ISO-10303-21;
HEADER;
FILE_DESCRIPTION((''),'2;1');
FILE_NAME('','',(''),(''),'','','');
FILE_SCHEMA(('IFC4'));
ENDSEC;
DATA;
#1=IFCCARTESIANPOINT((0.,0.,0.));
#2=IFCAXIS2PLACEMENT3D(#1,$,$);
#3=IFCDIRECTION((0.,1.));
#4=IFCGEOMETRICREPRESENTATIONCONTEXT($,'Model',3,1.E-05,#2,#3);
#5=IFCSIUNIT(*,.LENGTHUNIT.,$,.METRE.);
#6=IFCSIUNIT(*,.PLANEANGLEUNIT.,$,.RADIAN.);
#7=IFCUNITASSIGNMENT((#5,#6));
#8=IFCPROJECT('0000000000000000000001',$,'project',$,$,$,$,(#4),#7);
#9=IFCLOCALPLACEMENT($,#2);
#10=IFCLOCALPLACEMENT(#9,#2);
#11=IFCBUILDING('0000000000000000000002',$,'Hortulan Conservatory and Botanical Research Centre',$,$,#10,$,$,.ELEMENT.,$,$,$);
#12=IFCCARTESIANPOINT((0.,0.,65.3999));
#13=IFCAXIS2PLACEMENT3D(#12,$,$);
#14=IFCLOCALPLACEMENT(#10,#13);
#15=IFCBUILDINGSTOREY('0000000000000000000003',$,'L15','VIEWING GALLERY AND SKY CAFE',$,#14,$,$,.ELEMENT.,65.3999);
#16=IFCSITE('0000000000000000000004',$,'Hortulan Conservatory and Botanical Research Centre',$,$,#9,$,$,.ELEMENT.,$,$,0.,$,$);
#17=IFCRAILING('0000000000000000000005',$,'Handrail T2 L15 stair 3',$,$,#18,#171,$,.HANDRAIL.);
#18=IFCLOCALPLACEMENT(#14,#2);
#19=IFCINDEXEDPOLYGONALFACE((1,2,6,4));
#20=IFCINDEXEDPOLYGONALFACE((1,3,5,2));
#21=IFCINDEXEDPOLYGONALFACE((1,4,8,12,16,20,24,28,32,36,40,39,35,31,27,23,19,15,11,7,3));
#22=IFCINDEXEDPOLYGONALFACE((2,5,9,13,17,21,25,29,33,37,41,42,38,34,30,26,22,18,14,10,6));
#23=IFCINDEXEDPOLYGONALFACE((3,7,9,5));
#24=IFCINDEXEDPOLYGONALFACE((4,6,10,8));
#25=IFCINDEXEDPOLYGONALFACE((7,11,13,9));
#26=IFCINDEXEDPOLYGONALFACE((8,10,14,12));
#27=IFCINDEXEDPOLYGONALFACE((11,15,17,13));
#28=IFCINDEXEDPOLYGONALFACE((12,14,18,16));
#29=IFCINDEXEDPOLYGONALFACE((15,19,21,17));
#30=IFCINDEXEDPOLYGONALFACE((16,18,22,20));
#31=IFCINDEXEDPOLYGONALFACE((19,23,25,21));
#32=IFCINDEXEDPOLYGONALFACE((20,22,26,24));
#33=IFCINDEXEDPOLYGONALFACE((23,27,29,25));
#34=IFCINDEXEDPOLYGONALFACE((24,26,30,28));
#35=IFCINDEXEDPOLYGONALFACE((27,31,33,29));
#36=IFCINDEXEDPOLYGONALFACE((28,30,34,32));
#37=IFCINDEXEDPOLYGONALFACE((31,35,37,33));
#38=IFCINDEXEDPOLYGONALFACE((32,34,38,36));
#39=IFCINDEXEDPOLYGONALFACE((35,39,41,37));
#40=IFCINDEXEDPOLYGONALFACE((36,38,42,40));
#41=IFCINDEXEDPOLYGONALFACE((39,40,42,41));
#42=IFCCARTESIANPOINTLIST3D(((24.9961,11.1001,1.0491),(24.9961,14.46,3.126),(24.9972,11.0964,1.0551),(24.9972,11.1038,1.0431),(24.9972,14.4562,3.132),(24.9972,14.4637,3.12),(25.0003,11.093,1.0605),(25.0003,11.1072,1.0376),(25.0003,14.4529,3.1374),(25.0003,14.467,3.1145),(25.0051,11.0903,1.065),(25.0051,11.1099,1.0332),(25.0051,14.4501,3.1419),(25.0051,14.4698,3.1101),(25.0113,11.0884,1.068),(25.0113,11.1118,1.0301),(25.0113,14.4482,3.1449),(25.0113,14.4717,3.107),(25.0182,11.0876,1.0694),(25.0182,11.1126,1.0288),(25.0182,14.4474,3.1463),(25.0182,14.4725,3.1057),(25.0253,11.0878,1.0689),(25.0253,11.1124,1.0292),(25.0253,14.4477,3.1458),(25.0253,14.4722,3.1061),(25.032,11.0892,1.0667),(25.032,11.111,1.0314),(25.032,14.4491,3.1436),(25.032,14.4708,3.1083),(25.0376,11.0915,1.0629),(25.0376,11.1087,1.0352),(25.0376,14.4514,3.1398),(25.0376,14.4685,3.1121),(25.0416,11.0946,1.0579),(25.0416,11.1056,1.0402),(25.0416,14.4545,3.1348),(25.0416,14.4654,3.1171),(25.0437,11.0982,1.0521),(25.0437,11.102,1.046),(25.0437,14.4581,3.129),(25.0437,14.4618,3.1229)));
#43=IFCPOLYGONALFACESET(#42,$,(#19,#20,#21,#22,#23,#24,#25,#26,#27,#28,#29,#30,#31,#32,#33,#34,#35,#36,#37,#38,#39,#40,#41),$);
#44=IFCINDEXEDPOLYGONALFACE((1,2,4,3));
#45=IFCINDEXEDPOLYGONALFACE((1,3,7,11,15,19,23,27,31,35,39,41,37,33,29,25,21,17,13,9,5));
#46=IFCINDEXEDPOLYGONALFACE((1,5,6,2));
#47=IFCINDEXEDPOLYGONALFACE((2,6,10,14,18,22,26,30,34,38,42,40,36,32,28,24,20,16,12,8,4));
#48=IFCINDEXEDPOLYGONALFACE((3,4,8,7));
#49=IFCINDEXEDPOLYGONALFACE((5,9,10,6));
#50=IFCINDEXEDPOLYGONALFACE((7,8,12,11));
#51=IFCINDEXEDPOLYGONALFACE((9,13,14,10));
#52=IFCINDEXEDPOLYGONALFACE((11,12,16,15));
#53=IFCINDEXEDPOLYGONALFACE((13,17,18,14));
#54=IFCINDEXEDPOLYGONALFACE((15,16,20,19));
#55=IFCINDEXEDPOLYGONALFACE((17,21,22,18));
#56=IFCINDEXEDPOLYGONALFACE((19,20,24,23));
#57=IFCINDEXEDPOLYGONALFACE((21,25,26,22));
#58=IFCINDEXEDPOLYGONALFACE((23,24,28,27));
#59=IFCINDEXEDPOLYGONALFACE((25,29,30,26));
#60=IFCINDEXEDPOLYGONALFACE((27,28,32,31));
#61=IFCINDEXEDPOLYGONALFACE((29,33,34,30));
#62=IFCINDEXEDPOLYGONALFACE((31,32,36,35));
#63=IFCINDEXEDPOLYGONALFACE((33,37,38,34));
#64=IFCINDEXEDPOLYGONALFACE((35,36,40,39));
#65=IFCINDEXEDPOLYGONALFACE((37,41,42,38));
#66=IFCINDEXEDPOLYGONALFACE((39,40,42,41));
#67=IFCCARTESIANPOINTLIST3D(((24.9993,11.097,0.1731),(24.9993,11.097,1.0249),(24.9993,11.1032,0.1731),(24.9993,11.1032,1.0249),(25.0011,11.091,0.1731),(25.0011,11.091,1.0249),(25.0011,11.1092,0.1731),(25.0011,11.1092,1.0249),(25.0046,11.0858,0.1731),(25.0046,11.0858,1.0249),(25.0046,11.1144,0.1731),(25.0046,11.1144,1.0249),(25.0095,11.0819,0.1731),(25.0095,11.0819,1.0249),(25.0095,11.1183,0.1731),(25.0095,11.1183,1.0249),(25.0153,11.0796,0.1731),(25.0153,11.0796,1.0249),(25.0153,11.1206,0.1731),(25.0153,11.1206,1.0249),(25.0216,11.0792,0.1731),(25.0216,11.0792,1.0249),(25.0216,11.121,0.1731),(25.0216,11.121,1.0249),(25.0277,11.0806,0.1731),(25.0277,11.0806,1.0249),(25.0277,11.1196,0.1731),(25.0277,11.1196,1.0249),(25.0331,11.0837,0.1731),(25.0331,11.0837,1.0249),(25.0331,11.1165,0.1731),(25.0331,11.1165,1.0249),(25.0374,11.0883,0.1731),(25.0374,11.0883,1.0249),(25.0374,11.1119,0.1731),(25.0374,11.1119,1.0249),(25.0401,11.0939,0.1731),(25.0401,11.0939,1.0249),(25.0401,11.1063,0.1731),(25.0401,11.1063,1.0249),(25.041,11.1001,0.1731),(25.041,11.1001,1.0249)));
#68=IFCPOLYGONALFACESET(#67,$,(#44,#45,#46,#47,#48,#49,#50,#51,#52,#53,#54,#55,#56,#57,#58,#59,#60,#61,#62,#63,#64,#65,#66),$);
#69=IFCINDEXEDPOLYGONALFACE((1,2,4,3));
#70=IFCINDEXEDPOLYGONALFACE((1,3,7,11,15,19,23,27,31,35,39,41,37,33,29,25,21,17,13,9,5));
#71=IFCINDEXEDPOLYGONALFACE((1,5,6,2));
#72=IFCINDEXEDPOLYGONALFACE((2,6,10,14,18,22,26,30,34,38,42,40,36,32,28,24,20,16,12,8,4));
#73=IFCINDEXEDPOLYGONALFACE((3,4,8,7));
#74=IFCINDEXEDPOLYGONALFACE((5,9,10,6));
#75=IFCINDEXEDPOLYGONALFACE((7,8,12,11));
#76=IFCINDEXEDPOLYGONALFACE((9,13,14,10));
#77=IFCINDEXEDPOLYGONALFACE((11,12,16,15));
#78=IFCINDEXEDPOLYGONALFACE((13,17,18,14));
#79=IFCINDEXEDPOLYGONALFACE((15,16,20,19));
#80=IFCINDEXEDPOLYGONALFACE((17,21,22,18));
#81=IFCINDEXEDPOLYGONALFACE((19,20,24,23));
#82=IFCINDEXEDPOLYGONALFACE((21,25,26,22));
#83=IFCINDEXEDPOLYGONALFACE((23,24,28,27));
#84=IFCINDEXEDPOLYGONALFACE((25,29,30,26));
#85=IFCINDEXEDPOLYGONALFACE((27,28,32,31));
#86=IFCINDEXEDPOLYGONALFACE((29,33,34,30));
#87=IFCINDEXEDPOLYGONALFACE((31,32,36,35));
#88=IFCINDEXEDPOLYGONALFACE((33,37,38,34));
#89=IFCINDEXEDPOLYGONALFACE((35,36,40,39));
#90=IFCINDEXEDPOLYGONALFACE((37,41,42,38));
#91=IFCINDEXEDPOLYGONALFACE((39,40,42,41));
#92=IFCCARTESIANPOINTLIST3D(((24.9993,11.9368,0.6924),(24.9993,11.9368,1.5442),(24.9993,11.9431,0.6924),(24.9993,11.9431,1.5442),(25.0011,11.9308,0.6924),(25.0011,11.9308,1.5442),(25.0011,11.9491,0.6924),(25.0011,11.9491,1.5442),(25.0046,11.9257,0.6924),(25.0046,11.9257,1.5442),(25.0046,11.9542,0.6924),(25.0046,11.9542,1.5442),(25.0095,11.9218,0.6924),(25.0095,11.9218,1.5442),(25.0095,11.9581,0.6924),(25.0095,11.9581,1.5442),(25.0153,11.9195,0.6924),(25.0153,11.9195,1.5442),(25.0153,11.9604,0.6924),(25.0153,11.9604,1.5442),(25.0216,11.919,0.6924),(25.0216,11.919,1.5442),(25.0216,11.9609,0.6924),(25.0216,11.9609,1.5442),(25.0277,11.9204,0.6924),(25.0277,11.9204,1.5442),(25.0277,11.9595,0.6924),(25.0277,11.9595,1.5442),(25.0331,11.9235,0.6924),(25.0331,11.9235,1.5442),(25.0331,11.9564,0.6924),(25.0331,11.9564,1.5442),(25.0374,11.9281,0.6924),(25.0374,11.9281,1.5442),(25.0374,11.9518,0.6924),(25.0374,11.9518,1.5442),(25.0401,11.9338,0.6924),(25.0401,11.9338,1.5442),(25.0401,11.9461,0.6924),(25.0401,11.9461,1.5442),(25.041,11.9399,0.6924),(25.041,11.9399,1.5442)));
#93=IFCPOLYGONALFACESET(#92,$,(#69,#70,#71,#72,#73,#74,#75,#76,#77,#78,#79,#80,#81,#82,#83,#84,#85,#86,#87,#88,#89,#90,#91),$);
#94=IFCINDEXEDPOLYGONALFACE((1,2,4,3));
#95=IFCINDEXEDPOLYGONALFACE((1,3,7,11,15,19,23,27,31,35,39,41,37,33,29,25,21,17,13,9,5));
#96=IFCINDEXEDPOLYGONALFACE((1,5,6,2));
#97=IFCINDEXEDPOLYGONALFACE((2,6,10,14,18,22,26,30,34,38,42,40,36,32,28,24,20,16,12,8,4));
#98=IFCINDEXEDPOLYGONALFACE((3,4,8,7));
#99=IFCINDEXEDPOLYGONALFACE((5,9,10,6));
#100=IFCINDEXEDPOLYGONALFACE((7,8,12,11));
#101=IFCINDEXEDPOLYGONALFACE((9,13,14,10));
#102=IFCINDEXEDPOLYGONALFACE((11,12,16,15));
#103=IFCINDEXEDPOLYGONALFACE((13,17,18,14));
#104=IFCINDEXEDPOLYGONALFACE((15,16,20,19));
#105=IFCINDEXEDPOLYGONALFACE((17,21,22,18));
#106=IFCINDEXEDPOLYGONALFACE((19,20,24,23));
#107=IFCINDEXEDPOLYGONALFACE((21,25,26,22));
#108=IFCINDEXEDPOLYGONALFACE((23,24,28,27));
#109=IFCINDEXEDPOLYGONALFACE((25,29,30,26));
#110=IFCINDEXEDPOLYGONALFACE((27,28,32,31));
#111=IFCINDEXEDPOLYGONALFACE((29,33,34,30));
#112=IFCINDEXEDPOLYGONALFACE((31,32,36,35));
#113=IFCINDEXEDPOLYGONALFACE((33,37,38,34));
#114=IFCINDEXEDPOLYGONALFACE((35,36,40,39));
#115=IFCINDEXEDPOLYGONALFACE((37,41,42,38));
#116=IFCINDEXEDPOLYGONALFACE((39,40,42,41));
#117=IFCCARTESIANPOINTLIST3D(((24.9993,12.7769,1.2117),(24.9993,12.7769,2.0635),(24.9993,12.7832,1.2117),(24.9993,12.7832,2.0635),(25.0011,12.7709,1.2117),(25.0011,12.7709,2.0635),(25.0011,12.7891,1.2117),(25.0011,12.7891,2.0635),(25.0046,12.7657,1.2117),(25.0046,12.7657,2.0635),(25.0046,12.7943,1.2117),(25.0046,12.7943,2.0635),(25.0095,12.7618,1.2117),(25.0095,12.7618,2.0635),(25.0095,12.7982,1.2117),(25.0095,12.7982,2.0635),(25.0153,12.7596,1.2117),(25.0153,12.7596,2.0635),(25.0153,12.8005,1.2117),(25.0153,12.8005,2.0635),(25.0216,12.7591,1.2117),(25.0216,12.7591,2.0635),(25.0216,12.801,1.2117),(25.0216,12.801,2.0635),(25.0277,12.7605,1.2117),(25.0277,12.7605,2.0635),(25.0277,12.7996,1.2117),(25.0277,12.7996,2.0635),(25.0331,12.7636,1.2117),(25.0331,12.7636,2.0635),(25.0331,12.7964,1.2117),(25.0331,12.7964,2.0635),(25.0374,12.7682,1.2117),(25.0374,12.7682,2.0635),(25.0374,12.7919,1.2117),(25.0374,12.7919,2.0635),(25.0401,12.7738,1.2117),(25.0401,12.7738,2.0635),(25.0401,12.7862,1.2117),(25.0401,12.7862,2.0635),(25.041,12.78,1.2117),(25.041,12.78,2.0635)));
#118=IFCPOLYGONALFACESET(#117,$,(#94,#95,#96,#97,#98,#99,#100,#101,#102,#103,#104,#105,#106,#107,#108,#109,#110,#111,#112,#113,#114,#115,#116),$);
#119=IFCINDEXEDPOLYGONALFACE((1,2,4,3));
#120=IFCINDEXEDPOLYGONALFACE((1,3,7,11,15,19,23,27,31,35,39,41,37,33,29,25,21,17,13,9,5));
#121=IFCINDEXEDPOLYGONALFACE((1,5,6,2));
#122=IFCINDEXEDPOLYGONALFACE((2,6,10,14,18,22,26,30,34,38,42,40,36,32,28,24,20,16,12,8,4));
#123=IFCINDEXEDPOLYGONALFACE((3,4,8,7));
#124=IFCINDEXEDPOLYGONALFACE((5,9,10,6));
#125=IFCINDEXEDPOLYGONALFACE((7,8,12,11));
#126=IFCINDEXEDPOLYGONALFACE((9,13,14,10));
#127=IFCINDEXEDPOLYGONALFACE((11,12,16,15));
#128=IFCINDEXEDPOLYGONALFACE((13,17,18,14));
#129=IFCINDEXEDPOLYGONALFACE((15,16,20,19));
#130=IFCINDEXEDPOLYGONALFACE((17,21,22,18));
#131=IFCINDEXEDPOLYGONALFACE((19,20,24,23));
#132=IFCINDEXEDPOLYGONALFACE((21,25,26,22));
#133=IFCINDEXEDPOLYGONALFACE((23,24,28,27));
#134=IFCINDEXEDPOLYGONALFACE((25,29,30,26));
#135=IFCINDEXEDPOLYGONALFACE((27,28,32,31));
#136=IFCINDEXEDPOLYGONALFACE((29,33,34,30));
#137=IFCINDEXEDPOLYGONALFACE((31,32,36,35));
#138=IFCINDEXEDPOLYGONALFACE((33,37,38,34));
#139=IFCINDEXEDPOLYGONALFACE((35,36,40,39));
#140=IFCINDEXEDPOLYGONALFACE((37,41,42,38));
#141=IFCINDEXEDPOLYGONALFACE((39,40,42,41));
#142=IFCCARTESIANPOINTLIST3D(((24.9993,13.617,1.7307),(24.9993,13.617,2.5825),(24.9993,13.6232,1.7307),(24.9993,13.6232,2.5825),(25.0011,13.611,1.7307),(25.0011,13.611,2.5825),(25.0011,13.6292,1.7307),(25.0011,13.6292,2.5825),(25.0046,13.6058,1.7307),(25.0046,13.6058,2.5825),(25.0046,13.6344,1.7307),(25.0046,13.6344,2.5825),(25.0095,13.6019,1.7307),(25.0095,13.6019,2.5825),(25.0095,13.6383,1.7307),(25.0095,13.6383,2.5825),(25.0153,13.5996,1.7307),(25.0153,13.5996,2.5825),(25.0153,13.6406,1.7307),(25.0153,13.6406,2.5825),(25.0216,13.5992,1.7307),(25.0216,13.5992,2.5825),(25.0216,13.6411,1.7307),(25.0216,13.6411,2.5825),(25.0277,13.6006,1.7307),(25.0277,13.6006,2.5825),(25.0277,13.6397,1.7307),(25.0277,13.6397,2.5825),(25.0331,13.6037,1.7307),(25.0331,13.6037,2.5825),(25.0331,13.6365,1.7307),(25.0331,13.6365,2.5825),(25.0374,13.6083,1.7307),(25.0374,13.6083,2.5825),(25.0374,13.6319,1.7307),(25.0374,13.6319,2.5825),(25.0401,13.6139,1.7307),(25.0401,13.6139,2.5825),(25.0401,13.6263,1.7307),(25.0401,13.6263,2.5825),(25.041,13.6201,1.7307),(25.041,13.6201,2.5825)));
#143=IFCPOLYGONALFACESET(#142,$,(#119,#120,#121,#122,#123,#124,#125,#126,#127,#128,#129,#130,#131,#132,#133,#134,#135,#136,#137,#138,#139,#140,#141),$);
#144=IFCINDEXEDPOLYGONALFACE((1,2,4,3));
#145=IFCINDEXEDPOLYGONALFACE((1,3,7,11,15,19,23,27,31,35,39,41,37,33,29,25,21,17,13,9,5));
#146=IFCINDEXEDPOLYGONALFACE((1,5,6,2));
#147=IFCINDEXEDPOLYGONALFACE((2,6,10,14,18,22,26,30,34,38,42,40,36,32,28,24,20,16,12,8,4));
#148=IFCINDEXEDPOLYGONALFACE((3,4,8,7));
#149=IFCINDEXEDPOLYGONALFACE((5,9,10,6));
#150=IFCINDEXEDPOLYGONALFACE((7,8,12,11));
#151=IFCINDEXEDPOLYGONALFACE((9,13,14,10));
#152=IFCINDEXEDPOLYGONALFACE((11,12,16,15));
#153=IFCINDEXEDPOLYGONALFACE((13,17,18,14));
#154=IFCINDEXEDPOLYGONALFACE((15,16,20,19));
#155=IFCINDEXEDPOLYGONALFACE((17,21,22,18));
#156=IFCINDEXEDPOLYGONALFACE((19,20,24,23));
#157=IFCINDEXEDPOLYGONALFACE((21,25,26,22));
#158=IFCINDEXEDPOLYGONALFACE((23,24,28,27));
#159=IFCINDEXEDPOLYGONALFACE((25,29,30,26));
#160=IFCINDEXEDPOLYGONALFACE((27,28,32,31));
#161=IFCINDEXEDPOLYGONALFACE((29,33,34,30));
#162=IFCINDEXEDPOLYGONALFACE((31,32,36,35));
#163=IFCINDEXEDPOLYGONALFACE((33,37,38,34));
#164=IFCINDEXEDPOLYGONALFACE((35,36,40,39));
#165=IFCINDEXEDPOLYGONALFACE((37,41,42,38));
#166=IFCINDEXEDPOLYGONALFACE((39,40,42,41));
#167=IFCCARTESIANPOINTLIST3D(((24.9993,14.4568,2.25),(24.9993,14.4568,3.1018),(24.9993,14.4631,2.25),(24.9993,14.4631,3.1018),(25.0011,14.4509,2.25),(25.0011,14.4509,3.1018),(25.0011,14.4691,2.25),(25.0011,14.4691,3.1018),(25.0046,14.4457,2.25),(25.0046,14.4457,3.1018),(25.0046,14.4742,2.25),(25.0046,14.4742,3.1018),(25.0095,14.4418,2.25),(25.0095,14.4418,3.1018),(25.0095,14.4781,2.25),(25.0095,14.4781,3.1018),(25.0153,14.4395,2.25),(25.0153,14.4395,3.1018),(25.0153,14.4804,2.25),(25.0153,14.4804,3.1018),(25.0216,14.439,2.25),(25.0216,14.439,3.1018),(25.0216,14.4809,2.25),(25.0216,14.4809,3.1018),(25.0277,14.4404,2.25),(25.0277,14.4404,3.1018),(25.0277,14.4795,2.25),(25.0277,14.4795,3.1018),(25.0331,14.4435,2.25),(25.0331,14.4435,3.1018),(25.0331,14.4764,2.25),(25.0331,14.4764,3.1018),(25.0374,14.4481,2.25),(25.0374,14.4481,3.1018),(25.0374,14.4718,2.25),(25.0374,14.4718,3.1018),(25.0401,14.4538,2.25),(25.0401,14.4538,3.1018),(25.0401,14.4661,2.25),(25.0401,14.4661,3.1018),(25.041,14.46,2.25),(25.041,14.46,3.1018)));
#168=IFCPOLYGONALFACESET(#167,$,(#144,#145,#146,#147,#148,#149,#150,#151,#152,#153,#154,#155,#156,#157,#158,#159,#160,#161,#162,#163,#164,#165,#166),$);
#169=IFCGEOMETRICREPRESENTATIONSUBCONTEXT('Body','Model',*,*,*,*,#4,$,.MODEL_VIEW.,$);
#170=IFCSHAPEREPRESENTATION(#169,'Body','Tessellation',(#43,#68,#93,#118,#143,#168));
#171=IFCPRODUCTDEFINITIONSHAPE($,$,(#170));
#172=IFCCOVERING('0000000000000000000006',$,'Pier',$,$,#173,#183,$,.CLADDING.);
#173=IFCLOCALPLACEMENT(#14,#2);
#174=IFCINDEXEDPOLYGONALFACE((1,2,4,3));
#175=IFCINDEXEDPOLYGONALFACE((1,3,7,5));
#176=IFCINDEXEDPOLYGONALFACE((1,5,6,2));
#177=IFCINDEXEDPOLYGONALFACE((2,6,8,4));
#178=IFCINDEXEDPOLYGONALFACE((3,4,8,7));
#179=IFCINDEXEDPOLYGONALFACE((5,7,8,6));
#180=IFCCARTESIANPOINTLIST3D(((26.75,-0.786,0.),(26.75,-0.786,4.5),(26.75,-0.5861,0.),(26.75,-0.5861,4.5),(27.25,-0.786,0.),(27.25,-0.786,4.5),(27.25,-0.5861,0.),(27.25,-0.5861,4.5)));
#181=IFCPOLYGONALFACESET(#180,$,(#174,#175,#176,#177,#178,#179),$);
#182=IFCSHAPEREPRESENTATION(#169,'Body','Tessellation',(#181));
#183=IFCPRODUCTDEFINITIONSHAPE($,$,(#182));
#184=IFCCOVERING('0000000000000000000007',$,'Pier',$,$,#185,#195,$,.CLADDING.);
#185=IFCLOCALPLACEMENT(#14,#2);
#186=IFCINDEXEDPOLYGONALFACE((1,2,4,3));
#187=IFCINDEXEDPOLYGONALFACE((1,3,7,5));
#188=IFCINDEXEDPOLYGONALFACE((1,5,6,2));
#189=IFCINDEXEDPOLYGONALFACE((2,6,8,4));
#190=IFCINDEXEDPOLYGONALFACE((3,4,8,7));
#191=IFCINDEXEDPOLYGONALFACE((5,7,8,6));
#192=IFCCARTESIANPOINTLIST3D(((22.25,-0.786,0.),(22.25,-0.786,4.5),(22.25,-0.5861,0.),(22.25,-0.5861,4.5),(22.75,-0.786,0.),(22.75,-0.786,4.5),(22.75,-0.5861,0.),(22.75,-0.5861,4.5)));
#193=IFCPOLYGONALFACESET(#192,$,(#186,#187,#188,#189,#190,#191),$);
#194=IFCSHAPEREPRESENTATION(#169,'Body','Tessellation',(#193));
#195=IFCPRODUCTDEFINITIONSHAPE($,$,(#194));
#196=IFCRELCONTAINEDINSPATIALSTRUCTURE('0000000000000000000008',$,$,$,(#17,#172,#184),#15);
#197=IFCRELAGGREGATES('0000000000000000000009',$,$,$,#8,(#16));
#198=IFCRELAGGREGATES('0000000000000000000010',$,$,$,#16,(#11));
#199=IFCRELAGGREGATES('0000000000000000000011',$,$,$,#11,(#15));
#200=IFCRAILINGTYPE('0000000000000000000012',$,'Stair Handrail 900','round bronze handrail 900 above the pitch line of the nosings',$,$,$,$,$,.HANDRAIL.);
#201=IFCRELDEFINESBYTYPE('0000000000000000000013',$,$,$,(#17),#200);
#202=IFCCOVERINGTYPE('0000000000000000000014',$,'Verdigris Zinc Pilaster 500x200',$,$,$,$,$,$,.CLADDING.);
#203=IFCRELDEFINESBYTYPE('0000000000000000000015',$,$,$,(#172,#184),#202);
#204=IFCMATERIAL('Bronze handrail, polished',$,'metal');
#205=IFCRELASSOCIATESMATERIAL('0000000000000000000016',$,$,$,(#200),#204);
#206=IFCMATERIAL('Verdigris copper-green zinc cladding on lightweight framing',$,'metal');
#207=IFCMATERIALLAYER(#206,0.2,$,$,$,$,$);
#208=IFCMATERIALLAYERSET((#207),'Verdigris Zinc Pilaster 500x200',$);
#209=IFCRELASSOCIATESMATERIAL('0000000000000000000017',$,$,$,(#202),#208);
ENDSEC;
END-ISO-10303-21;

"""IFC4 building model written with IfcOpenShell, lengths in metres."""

from ifc_helpers import new_model, si_unit, direction, frame, origin, origin_2d, place, context, subcontext, project, spatial, rectangle, circle, extrude, material, layer, layer_set, type_object, element, save


model = new_model("IFC4")

# Units and contexts
model_context = context("Model", 3, precision=1e-05, world=origin(), true_north=direction((0.0, 1.0)))
body_context = subcontext(model_context, "Body", "Model", "MODEL_VIEW")
ifc_project = project(units=[si_unit("LENGTHUNIT", "METRE"), si_unit("PLANEANGLEUNIT", "RADIAN")], contexts=[model_context])

# Site, building, storey
site_placement = place(None, origin())
site = spatial("IfcSite", under=ifc_project, at=site_placement, Name="Hortulan Conservatory and Botanical Research Centre", CompositionType="ELEMENT", RefElevation=0.0)
building_placement = place(site_placement, origin())
building = spatial("IfcBuilding", under=site, at=building_placement, Name="Hortulan Conservatory and Botanical Research Centre", CompositionType="ELEMENT")
storey_placement = place(building_placement, frame((0.0, 0.0, 65.3999)))
storey = spatial("IfcBuildingStorey", under=building, at=storey_placement, Name="L15", Description="VIEWING GALLERY AND SKY CAFE", CompositionType="ELEMENT", Elevation=65.3999)

# Railing
ifc_material_1 = material(Name="Bronze handrail, polished", Category="metal")
railing_type_1 = type_object("IfcRailingType", Name="Stair Handrail 900", Description="round bronze handrail 900 above the pitch line of the nosings", PredefinedType="HANDRAIL", material=ifc_material_1)
for number, where, name in (
    (1, (25.02, 11.1001, 0.1731), "Handrail T2 L15 stair 3"),
):
    element("IfcRailing", number, at=place(storey_placement, frame(where)), inside=storey, type_object=railing_type_1, Name=name, PredefinedType="HANDRAIL", context=body_context, shape_type="SweptSolid", body=[
        extrude(circle(Radius=0.0239, at=origin_2d()), frame((0.0, 0.0, 0.876), z_axis=(0.0, 0.850606, 0.525803), x_axis=(-1.0, 0.0, 0.0)), (0.0, 0.0, 1.0), 3.95),
        extrude(circle(Radius=0.021, at=origin_2d()), origin(), (0.0, 0.0, 1.0), 0.8518),
        extrude(circle(Radius=0.021, at=origin_2d()), frame((0.0, 0.8398, 0.5193)), (0.0, 0.0, 1.0), 0.8518),
        extrude(circle(Radius=0.021, at=origin_2d()), frame((0.0, 1.6799, 1.0386)), (0.0, 0.0, 1.0), 0.8518),
        extrude(circle(Radius=0.021, at=origin_2d()), frame((0.0, 2.52, 1.5576)), (0.0, 0.0, 1.0), 0.8518),
        extrude(circle(Radius=0.021, at=origin_2d()), frame((0.0, 3.3599, 2.0769)), (0.0, 0.0, 1.0), 0.8518),
    ])

# Coverings
ifc_material_2 = material(Name="Verdigris copper-green zinc cladding on lightweight framing", Category="metal")
ifc_layer_1 = layer(ifc_material_2, 0.2)
ifc_layer_set_1 = layer_set([ifc_layer_1], Name="Verdigris Zinc Pilaster 500x200")
covering_type = type_object("IfcCoveringType", Name="Verdigris Zinc Pilaster 500x200", PredefinedType="CLADDING", material=ifc_layer_set_1)
for number, where, z_axis, x_axis, name in (
    (2, (27.0, -0.686, 0.0), (0.0, 0.0, 1.0), (-1.0, 0.0, 0.0), "Pier"),
    (3, (22.5, -0.686, 0.0), (0.0, 0.0, 1.0), (-1.0, 0.0, 0.0), "Pier"),
):
    element("IfcCovering", number, at=place(storey_placement, frame(where, z_axis=z_axis, x_axis=x_axis)), inside=storey, type_object=covering_type, Name=name, PredefinedType="CLADDING", context=body_context, shape_type="SweptSolid", body=[
        extrude(rectangle(XDim=0.5, YDim=0.2, at=origin_2d()), origin(), (0.0, 0.0, 1.0), 4.5),
    ])

save(model, "model.ifc")
